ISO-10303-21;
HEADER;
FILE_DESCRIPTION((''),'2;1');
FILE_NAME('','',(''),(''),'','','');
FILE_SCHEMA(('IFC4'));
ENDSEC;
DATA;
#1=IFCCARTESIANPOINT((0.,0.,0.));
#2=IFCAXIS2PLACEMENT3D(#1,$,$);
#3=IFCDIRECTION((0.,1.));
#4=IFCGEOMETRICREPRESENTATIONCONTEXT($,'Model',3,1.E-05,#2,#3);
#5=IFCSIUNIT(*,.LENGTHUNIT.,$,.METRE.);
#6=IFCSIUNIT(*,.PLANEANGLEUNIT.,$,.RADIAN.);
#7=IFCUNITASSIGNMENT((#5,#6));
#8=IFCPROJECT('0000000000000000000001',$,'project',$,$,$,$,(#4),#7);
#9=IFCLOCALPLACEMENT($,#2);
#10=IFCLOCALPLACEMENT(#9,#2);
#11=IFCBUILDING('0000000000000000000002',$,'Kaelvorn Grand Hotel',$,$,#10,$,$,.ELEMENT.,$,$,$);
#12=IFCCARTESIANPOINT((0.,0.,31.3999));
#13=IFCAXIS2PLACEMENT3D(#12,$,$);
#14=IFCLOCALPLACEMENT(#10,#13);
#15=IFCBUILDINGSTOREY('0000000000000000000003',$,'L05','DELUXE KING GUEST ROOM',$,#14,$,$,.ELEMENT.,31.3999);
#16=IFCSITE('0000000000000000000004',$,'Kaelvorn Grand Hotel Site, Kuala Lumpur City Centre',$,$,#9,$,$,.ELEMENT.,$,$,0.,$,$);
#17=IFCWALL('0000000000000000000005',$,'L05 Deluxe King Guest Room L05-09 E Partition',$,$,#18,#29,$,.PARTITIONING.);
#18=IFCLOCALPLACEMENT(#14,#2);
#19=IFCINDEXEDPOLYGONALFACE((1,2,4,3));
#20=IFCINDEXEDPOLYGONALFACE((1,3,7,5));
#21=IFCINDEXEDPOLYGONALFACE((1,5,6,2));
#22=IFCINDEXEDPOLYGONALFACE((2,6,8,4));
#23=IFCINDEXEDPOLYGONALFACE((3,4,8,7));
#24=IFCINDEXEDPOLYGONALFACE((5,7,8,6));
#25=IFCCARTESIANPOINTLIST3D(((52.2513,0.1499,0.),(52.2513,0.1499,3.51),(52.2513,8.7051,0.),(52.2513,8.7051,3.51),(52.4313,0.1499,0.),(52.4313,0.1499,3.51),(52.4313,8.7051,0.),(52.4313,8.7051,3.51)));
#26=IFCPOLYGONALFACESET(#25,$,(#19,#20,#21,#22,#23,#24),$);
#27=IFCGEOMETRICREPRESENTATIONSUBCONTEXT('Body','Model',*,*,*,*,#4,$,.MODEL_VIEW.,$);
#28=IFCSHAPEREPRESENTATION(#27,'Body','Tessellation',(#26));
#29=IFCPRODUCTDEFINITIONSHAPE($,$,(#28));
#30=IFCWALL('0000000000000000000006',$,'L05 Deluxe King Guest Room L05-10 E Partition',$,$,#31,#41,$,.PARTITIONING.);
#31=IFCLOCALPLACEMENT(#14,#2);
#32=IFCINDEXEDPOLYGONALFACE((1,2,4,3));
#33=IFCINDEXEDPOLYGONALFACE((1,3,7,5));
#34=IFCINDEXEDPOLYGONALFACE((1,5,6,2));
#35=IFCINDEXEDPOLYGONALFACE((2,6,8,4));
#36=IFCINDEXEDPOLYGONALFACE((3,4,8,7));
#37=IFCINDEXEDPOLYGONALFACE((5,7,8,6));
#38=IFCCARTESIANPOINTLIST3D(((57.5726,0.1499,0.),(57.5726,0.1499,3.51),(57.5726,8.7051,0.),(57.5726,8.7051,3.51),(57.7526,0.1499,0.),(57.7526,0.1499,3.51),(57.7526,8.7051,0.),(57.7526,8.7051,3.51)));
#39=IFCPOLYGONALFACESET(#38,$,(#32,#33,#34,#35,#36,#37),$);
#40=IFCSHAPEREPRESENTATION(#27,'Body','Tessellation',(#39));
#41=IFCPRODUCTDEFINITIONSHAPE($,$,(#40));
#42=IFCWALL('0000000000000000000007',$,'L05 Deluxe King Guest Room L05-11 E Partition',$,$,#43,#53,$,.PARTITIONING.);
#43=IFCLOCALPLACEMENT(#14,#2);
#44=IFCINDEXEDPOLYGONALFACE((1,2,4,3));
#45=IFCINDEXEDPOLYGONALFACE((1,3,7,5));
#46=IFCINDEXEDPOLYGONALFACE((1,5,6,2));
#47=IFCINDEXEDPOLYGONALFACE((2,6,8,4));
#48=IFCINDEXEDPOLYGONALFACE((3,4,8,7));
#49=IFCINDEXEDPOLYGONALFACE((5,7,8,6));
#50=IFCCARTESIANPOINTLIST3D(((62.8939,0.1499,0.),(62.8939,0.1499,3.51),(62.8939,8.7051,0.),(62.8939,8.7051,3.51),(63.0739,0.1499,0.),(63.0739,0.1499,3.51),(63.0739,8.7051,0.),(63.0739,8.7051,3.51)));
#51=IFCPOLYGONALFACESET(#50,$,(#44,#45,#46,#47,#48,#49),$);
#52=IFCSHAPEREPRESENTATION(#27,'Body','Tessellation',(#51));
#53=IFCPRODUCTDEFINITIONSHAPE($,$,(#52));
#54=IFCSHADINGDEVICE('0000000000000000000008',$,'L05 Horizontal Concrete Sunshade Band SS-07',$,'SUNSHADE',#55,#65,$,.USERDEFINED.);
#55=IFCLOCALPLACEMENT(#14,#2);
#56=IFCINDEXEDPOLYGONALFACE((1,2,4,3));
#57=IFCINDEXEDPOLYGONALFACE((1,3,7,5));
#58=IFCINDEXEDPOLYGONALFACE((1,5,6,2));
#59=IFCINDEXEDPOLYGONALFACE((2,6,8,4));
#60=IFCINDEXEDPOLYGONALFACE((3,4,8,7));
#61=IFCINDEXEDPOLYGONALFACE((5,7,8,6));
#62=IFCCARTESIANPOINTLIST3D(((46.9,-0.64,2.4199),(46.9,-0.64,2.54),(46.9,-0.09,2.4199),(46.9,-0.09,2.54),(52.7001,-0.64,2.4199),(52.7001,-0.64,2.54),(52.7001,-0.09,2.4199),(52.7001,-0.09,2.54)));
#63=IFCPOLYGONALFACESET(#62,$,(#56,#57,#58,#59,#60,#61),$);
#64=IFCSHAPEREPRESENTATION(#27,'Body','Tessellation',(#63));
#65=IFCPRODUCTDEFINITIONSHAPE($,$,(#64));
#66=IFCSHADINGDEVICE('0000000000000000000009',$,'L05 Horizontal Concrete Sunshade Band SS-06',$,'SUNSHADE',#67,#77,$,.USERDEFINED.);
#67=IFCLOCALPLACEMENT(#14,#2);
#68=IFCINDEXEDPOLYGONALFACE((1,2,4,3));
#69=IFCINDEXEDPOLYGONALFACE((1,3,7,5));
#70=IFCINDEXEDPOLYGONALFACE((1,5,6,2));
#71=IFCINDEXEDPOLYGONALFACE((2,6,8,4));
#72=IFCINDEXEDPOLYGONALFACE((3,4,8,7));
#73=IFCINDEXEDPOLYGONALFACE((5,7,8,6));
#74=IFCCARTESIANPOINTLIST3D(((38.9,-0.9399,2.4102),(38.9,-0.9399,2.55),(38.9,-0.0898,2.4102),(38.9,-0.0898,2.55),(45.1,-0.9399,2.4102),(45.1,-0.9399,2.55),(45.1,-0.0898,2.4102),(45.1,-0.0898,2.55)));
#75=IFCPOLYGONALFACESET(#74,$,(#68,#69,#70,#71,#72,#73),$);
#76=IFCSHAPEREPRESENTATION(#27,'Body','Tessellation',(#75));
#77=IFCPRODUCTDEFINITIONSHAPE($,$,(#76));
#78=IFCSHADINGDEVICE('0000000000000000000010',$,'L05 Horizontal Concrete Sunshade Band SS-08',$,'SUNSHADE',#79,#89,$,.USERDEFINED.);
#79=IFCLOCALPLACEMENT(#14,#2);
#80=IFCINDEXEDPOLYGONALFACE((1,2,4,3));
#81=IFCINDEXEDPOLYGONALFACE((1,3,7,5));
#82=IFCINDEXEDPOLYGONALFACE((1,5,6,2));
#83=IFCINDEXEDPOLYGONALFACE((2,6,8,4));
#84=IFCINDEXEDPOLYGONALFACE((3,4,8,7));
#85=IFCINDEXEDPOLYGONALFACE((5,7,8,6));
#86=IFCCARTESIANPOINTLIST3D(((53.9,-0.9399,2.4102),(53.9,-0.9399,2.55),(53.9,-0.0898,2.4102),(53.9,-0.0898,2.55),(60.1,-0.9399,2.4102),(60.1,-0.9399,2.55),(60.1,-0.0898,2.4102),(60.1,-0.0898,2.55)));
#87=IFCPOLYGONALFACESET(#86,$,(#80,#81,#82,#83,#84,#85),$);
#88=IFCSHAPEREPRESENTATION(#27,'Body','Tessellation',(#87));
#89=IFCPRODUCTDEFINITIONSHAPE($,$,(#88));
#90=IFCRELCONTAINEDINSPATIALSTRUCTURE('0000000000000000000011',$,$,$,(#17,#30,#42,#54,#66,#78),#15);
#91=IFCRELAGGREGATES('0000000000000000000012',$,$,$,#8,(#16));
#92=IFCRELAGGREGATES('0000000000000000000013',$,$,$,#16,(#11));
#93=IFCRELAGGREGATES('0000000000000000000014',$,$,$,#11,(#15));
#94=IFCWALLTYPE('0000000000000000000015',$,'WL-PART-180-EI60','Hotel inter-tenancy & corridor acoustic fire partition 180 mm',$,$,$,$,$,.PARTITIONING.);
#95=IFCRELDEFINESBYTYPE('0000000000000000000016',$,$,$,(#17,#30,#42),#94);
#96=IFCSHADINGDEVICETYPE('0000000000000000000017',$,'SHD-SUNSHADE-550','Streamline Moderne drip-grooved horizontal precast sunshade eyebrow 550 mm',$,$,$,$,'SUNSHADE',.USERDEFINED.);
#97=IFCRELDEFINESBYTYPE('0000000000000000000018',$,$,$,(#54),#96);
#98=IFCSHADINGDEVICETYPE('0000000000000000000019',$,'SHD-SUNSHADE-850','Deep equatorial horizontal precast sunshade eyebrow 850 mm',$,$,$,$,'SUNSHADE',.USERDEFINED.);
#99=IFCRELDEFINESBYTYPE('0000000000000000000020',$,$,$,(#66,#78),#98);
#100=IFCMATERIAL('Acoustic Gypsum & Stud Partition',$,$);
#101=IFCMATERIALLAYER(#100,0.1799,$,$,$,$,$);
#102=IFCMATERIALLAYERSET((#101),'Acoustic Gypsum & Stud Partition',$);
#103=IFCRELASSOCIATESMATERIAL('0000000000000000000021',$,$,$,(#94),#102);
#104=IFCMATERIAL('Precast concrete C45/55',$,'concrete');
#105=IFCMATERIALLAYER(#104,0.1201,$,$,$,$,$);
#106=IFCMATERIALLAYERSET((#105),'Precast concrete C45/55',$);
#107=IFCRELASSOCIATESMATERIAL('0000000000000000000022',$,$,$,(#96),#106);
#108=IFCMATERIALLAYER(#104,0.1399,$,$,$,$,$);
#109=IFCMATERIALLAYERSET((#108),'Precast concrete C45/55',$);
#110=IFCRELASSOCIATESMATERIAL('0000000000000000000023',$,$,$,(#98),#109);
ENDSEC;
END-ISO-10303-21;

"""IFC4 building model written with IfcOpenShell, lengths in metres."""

from ifc_helpers import new_model, si_unit, direction, frame, frame_2d, origin, origin_2d, place, context, subcontext, project, spatial, rectangle, extrude, material, layer, layer_set, type_object, element, save


model = new_model("IFC4")

# Units and contexts
model_context = context("Model", 3, precision=1e-05, world=origin(), true_north=direction((0.0, 1.0)))
body_context = subcontext(model_context, "Body", "Model", "MODEL_VIEW")
ifc_project = project(units=[si_unit("LENGTHUNIT", "METRE"), si_unit("PLANEANGLEUNIT", "RADIAN")], contexts=[model_context])

# Site, building, storey
site_placement = place(None, origin())
site = spatial("IfcSite", under=ifc_project, at=site_placement, Name="Kaelvorn Grand Hotel Site, Kuala Lumpur City Centre", CompositionType="ELEMENT", RefElevation=0.0)
building_placement = place(site_placement, origin())
building = spatial("IfcBuilding", under=site, at=building_placement, Name="Kaelvorn Grand Hotel", CompositionType="ELEMENT")
storey_placement = place(building_placement, frame((0.0, 0.0, 31.3999)))
storey = spatial("IfcBuildingStorey", under=building, at=storey_placement, Name="L05", Description="DELUXE KING GUEST ROOM", CompositionType="ELEMENT", Elevation=31.3999)

# Walls
ifc_material_1 = material(Name="Acoustic Gypsum & Stud Partition")
ifc_layer_1 = layer(ifc_material_1, 0.1799)
ifc_layer_set_1 = layer_set([ifc_layer_1], Name="Acoustic Gypsum & Stud Partition")
wall_type_1 = type_object("IfcWallType", Name="WL-PART-180-EI60", Description="Hotel inter-tenancy & corridor acoustic fire partition 180 mm", PredefinedType="PARTITIONING", material=ifc_layer_set_1)
for number, where, z_axis, x_axis, name in (
    (1, (52.3413, 0.1499, 0.0), (0.0, 0.0, 1.0), (0.0, 1.0, 0.0), "L05 Deluxe King Guest Room L05-09 E Partition"),
    (2, (57.6626, 0.1499, 0.0), (0.0, 0.0, 1.0), (0.0, 1.0, 0.0), "L05 Deluxe King Guest Room L05-10 E Partition"),
    (3, (62.9839, 0.1499, 0.0), (0.0, 0.0, 1.0), (0.0, 1.0, 0.0), "L05 Deluxe King Guest Room L05-11 E Partition"),
):
    element("IfcWall", number, at=place(storey_placement, frame(where, z_axis=z_axis, x_axis=x_axis)), inside=storey, type_object=wall_type_1, Name=name, PredefinedType="PARTITIONING", context=body_context, shape_type="SweptSolid", body=[
        extrude(rectangle(XDim=8.5552, YDim=0.1799, at=frame_2d((4.2776, 0.0))), origin(), (0.0, 0.0, 1.0), 3.51),
    ])

# Shading devices
ifc_material_2 = material(Name="Precast concrete C45/55", Category="concrete")
ifc_layer_2 = layer(ifc_material_2, 0.1201)
ifc_layer_set_2 = layer_set([ifc_layer_2], Name="Precast concrete C45/55")
shading_device_type_1 = type_object("IfcShadingDeviceType", Name="SHD-SUNSHADE-550", Description="Streamline Moderne drip-grooved horizontal precast sunshade eyebrow 550 mm", ElementType="SUNSHADE", PredefinedType="USERDEFINED", material=ifc_layer_set_2)
shading_device_placement = place(storey_placement, frame((49.8, -0.365, 2.4199), z_axis=(0.0, 0.0, 1.0), x_axis=(1.0, 0.0, 0.0)))
element("IfcShadingDevice", 4, at=shading_device_placement, inside=storey, type_object=shading_device_type_1, Name="L05 Horizontal Concrete Sunshade Band SS-07", ObjectType="SUNSHADE", PredefinedType="USERDEFINED", context=body_context, shape_type="SweptSolid", body=[
    extrude(rectangle(XDim=5.8, YDim=0.55, at=origin_2d()), origin(), (0.0, 0.0, 1.0), 0.1201),
])
ifc_layer_3 = layer(ifc_material_2, 0.1399)
ifc_layer_set_3 = layer_set([ifc_layer_3], Name="Precast concrete C45/55")
shading_device_type_2 = type_object("IfcShadingDeviceType", Name="SHD-SUNSHADE-850", Description="Deep equatorial horizontal precast sunshade eyebrow 850 mm", ElementType="SUNSHADE", PredefinedType="USERDEFINED", material=ifc_layer_set_3)
for number, where, z_axis, x_axis, name in (
    (5, (42.0, -0.5149, 2.4102), (0.0, 0.0, 1.0), (1.0, 0.0, 0.0), "L05 Horizontal Concrete Sunshade Band SS-06"),
    (6, (57.0, -0.5149, 2.4102), (0.0, 0.0, 1.0), (1.0, 0.0, 0.0), "L05 Horizontal Concrete Sunshade Band SS-08"),
):
    element("IfcShadingDevice", number, at=place(storey_placement, frame(where, z_axis=z_axis, x_axis=x_axis)), inside=storey, type_object=shading_device_type_2, Name=name, ObjectType="SUNSHADE", PredefinedType="USERDEFINED", context=body_context, shape_type="SweptSolid", body=[
        extrude(rectangle(XDim=6.2, YDim=0.8501, at=origin_2d()), origin(), (0.0, 0.0, 1.0), 0.1399),
    ])

save(model, "model.ifc")
